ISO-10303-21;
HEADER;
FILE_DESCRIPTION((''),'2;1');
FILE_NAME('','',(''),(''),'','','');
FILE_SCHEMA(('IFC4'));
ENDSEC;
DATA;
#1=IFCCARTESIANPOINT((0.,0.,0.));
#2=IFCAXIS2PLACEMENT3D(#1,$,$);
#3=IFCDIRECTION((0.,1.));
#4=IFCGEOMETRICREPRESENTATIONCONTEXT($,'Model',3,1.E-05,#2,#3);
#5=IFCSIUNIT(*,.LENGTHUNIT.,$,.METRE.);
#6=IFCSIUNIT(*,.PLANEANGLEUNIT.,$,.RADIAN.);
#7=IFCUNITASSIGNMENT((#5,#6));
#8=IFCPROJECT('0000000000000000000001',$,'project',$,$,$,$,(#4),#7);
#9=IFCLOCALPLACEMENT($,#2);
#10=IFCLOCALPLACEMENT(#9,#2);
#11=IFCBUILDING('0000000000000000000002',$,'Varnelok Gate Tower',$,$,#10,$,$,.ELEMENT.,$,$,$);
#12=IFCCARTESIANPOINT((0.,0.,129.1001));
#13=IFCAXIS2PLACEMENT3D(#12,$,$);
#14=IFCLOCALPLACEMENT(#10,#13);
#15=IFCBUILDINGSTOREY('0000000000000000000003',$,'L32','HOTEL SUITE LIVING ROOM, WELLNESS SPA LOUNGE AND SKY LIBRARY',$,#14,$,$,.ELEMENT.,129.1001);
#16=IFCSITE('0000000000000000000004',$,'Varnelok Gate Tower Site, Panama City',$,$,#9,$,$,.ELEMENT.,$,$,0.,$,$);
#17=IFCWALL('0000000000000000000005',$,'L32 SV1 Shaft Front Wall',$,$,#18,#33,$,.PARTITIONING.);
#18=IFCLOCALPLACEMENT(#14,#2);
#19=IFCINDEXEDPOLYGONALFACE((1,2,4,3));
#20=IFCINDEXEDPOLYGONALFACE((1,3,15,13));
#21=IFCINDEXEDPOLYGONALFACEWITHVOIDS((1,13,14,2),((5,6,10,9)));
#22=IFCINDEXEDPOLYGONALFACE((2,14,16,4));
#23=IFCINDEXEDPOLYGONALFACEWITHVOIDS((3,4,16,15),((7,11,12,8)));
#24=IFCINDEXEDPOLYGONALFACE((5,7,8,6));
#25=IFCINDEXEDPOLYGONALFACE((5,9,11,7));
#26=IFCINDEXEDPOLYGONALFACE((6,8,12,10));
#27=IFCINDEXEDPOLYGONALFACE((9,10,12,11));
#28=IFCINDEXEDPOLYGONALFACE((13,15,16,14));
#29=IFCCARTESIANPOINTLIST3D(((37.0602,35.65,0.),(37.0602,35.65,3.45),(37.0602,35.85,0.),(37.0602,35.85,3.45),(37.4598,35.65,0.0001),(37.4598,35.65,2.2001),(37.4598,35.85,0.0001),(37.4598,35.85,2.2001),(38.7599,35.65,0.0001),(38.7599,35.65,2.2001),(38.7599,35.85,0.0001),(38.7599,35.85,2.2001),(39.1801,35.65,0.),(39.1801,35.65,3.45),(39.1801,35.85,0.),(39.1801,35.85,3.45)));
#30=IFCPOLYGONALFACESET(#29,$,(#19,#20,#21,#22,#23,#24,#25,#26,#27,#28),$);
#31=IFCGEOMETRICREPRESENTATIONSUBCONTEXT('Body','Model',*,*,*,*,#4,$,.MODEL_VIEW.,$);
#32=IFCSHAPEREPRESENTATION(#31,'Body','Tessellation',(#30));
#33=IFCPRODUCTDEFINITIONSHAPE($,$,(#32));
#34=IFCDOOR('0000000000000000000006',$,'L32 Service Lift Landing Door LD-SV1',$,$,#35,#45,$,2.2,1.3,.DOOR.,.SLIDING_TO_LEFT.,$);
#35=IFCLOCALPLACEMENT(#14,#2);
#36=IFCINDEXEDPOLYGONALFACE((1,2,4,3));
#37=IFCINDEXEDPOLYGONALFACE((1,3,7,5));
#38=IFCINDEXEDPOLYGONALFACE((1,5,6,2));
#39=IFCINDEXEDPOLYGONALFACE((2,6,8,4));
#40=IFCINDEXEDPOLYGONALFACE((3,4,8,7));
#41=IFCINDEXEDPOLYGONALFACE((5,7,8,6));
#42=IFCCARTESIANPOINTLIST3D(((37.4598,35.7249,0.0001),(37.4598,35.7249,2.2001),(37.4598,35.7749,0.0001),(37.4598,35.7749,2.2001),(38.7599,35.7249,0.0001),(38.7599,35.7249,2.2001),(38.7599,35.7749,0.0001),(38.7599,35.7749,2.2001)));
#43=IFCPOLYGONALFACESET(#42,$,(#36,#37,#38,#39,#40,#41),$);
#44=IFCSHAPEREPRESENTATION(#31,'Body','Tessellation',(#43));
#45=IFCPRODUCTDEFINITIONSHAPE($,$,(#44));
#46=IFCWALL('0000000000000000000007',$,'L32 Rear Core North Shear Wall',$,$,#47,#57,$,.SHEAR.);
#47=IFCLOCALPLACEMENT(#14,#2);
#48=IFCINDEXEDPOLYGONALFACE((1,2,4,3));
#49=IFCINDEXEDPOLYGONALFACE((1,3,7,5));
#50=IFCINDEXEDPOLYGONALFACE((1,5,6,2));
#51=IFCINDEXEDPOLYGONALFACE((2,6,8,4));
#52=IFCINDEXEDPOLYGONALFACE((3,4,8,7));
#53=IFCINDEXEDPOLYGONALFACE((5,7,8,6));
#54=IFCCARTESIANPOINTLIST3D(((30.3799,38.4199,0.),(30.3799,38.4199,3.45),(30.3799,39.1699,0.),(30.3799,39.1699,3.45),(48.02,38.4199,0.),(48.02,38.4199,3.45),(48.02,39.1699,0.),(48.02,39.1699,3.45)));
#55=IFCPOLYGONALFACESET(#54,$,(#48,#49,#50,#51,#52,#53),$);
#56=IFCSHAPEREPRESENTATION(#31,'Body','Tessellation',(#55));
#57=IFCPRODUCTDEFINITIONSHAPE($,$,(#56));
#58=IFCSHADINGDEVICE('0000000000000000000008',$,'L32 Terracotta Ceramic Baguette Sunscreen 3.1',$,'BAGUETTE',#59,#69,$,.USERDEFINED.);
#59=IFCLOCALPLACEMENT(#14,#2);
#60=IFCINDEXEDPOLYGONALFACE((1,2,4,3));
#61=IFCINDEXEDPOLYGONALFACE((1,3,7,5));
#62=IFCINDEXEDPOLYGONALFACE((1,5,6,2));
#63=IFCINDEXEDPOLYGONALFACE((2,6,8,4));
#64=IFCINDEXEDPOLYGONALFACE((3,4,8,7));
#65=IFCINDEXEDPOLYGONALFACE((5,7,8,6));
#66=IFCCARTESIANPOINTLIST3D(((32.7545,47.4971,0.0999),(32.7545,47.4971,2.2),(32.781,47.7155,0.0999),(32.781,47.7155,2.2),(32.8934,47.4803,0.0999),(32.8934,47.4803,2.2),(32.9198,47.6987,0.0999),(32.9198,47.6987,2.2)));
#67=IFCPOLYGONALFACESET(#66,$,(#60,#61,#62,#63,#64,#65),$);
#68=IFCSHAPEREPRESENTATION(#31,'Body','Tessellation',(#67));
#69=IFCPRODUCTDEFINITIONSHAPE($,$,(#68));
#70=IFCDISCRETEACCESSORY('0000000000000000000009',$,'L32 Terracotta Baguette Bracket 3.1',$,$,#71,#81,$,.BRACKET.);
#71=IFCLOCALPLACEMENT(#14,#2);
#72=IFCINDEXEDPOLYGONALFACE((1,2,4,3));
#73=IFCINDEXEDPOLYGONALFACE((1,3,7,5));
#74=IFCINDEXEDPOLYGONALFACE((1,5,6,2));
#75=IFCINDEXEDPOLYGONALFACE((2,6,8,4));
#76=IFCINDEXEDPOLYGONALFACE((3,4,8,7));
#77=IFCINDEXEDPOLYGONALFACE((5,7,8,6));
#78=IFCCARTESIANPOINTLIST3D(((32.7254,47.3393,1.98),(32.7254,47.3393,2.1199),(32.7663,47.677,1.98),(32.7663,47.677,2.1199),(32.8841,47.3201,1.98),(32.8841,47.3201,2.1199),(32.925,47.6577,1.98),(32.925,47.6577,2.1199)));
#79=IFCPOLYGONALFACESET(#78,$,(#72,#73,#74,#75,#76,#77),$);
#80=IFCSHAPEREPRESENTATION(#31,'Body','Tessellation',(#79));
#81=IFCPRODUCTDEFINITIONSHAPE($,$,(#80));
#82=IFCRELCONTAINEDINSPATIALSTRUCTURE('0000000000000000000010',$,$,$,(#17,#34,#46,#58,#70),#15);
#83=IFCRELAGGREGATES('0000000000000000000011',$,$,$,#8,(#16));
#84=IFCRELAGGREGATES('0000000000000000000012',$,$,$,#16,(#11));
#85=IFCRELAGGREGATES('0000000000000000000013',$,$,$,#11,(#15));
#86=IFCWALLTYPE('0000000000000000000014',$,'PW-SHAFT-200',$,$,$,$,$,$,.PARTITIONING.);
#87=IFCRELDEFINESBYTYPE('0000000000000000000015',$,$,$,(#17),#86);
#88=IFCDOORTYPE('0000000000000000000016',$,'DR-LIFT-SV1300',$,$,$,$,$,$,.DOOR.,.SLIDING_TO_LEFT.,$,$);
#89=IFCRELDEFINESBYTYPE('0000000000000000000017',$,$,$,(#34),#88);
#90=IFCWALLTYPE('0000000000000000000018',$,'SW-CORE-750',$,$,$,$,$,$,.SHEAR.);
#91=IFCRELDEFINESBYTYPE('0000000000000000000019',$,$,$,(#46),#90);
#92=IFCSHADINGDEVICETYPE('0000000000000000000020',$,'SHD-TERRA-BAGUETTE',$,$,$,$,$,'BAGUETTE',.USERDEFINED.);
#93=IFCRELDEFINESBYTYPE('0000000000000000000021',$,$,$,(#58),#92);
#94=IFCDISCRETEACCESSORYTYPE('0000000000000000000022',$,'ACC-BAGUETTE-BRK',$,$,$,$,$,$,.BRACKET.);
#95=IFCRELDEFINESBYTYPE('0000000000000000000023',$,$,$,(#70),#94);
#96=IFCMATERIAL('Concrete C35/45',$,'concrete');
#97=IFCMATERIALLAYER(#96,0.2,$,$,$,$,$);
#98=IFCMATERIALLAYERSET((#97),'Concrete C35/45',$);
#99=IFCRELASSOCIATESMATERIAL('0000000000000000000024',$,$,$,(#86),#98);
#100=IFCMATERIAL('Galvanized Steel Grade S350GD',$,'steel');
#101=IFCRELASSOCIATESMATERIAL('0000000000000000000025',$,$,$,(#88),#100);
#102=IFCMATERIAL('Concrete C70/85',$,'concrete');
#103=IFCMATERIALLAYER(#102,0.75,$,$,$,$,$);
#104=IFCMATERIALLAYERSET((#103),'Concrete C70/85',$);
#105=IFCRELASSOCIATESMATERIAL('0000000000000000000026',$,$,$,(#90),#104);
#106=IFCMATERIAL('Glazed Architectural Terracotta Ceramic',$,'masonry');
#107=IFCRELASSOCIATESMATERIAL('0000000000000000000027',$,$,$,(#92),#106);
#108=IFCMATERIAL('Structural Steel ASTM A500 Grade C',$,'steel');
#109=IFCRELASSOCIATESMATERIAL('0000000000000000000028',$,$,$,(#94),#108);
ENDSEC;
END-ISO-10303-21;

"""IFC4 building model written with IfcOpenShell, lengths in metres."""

from ifc_helpers import new_model, si_unit, direction, frame, frame_2d, origin, origin_2d, place, context, subcontext, project, spatial, rectangle, extrude, source, transform, mapped, material, layer, layer_set, type_object, element, fill, save


model = new_model("IFC4")

# Units and contexts
model_context = context("Model", 3, precision=1e-05, world=origin(), true_north=direction((0.0, 1.0)))
body_context = subcontext(model_context, "Body", "Model", "MODEL_VIEW")
ifc_project = project(units=[si_unit("LENGTHUNIT", "METRE"), si_unit("PLANEANGLEUNIT", "RADIAN")], contexts=[model_context])

# Site, building, storey
site_placement = place(None, origin())
site = spatial("IfcSite", under=ifc_project, at=site_placement, Name="Varnelok Gate Tower Site, Panama City", CompositionType="ELEMENT", RefElevation=0.0)
building_placement = place(site_placement, origin())
building = spatial("IfcBuilding", under=site, at=building_placement, Name="Varnelok Gate Tower", CompositionType="ELEMENT")
storey_placement = place(building_placement, frame((0.0, 0.0, 129.1001)))
storey = spatial("IfcBuildingStorey", under=building, at=storey_placement, Name="L32", Description="HOTEL SUITE LIVING ROOM, WELLNESS SPA LOUNGE AND SKY LIBRARY", CompositionType="ELEMENT", Elevation=129.1001)

# Shared definitions
ifc_material_1 = material(Name="Concrete C70/85", Category="concrete")

# Shared definitions
ifc_material_2 = material(Name="Concrete C35/45", Category="concrete")
ifc_layer_1 = layer(ifc_material_2, 0.2)
ifc_layer_set_1 = layer_set([ifc_layer_1], Name="Concrete C35/45")
wall_type_1 = type_object("IfcWallType", Name="PW-SHAFT-200", PredefinedType="PARTITIONING", material=ifc_layer_set_1)

# Wall, opening, door
wall_1_placement = place(storey_placement, frame((37.0601, 35.75, 0.0), z_axis=(0.0, 0.0, 1.0), x_axis=(1.0, 0.0, 0.0)))
wall_1 = element("IfcWall", 1, at=wall_1_placement, inside=storey, type_object=wall_type_1, Name="L32 SV1 Shaft Front Wall", PredefinedType="PARTITIONING", context=body_context, shape_type="SweptSolid", body=[
    extrude(rectangle(XDim=2.1199, YDim=0.2, at=frame_2d((1.0601, 0.0))), origin(), (0.0, 0.0, 1.0), 3.45),
])
opening_1_placement = place(wall_1_placement, frame((0.3999, 0.0, 0.0)))
opening_1 = element("IfcOpeningElement", 2, at=opening_1_placement, cuts=wall_1, PredefinedType="OPENING", context=body_context, shape_type="SweptSolid", body=[
    extrude(rectangle(XDim=1.3, YDim=2.2, at=frame_2d((0.6499, 1.1001))), frame((0.0, 0.1099, 0.0), z_axis=(0.0, -1.0, 0.0), x_axis=(1.0, 0.0, 0.0)), (0.0, 0.0, 1.0), 0.22),
])
ifc_material_3 = material(Name="Galvanized Steel Grade S350GD", Category="steel")
door_type_1 = type_object("IfcDoorType", Name="DR-LIFT-SV1300", OperationType="SLIDING_TO_LEFT", PredefinedType="DOOR", material=ifc_material_3)
door_1_placement = place(opening_1_placement, origin())
door_1 = element("IfcDoor", 3, at=door_1_placement, inside=storey, type_object=door_type_1, Name="L32 Service Lift Landing Door LD-SV1", OperationType="SLIDING_TO_LEFT", OverallHeight=2.2, OverallWidth=1.3, PredefinedType="DOOR", context=body_context, shape_type="SweptSolid", body=[
    extrude(rectangle(XDim=1.3, YDim=2.2, at=frame_2d((0.6499, 1.1001))), frame((0.0, 0.0249, 0.0), z_axis=(0.0, -1.0, 0.0), x_axis=(1.0, 0.0, 0.0)), (0.0, 0.0, 1.0), 0.05),
])
fill(opening_1, door_1)

# Wall
ifc_layer_2 = layer(ifc_material_1, 0.75)
ifc_layer_set_2 = layer_set([ifc_layer_2], Name="Concrete C70/85")
wall_type_2 = type_object("IfcWallType", Name="SW-CORE-750", PredefinedType="SHEAR", material=ifc_layer_set_2)
wall_2_placement = place(storey_placement, frame((30.3799, 38.7949, 0.0), z_axis=(0.0, 0.0, 1.0), x_axis=(1.0, 0.0, 0.0)))
element("IfcWall", 4, at=wall_2_placement, inside=storey, type_object=wall_type_2, Name="L32 Rear Core North Shear Wall", PredefinedType="SHEAR", context=body_context, shape_type="SweptSolid", body=[
    extrude(rectangle(XDim=17.6401, YDim=0.75, at=frame_2d((8.8201, 0.0))), origin(), (0.0, 0.0, 1.0), 3.45),
])

# Shading device
ifc_material_4 = material(Name="Glazed Architectural Terracotta Ceramic", Category="masonry")
shading_device_type = type_object("IfcShadingDeviceType", Name="SHD-TERRA-BAGUETTE", ElementType="BAGUETTE", PredefinedType="USERDEFINED", material=ifc_material_4)
shared_shape_1 = source(origin(), body_context, "Body", "SweptSolid", [
    extrude(rectangle(XDim=0.1399, YDim=0.22, at=origin_2d()), origin(), (0.0, 0.0, 1.0), 2.1001),
])
shading_device_placement = place(storey_placement, frame((32.8372, 47.5979, 0.0999), z_axis=(0.0, 0.0, 1.0), x_axis=(0.992732, -0.120345, 0.0)))
element("IfcShadingDevice", 5, at=shading_device_placement, inside=storey, type_object=shading_device_type, Name="L32 Terracotta Ceramic Baguette Sunscreen 3.1", ObjectType="BAGUETTE", PredefinedType="USERDEFINED", context=body_context, shape_type="MappedRepresentation", body=[
    mapped(shared_shape_1, transform((0.0, 0.0, 0.0), scale=1.0)),
])

# Discrete accessory
ifc_material_5 = material(Name="Structural Steel ASTM A500 Grade C", Category="steel")
discrete_accessory_type = type_object("IfcDiscreteAccessoryType", Name="ACC-BAGUETTE-BRK", PredefinedType="BRACKET", material=ifc_material_5)
shared_shape_2 = source(origin(), body_context, "Body", "SweptSolid", [
    extrude(rectangle(XDim=0.1599, YDim=0.3401, at=origin_2d()), origin(), (0.0, 0.0, 1.0), 0.1399),
])
discrete_accessory_placement = place(storey_placement, frame((32.8252, 47.4985, 1.98), z_axis=(0.0, 0.0, 1.0), x_axis=(0.992732, -0.120345, 0.0)))
element("IfcDiscreteAccessory", 6, at=discrete_accessory_placement, inside=storey, type_object=discrete_accessory_type, Name="L32 Terracotta Baguette Bracket 3.1", PredefinedType="BRACKET", context=body_context, shape_type="MappedRepresentation", body=[
    mapped(shared_shape_2, transform((0.0, 0.0, 0.0), scale=1.0)),
])

save(model, "model.ifc")
